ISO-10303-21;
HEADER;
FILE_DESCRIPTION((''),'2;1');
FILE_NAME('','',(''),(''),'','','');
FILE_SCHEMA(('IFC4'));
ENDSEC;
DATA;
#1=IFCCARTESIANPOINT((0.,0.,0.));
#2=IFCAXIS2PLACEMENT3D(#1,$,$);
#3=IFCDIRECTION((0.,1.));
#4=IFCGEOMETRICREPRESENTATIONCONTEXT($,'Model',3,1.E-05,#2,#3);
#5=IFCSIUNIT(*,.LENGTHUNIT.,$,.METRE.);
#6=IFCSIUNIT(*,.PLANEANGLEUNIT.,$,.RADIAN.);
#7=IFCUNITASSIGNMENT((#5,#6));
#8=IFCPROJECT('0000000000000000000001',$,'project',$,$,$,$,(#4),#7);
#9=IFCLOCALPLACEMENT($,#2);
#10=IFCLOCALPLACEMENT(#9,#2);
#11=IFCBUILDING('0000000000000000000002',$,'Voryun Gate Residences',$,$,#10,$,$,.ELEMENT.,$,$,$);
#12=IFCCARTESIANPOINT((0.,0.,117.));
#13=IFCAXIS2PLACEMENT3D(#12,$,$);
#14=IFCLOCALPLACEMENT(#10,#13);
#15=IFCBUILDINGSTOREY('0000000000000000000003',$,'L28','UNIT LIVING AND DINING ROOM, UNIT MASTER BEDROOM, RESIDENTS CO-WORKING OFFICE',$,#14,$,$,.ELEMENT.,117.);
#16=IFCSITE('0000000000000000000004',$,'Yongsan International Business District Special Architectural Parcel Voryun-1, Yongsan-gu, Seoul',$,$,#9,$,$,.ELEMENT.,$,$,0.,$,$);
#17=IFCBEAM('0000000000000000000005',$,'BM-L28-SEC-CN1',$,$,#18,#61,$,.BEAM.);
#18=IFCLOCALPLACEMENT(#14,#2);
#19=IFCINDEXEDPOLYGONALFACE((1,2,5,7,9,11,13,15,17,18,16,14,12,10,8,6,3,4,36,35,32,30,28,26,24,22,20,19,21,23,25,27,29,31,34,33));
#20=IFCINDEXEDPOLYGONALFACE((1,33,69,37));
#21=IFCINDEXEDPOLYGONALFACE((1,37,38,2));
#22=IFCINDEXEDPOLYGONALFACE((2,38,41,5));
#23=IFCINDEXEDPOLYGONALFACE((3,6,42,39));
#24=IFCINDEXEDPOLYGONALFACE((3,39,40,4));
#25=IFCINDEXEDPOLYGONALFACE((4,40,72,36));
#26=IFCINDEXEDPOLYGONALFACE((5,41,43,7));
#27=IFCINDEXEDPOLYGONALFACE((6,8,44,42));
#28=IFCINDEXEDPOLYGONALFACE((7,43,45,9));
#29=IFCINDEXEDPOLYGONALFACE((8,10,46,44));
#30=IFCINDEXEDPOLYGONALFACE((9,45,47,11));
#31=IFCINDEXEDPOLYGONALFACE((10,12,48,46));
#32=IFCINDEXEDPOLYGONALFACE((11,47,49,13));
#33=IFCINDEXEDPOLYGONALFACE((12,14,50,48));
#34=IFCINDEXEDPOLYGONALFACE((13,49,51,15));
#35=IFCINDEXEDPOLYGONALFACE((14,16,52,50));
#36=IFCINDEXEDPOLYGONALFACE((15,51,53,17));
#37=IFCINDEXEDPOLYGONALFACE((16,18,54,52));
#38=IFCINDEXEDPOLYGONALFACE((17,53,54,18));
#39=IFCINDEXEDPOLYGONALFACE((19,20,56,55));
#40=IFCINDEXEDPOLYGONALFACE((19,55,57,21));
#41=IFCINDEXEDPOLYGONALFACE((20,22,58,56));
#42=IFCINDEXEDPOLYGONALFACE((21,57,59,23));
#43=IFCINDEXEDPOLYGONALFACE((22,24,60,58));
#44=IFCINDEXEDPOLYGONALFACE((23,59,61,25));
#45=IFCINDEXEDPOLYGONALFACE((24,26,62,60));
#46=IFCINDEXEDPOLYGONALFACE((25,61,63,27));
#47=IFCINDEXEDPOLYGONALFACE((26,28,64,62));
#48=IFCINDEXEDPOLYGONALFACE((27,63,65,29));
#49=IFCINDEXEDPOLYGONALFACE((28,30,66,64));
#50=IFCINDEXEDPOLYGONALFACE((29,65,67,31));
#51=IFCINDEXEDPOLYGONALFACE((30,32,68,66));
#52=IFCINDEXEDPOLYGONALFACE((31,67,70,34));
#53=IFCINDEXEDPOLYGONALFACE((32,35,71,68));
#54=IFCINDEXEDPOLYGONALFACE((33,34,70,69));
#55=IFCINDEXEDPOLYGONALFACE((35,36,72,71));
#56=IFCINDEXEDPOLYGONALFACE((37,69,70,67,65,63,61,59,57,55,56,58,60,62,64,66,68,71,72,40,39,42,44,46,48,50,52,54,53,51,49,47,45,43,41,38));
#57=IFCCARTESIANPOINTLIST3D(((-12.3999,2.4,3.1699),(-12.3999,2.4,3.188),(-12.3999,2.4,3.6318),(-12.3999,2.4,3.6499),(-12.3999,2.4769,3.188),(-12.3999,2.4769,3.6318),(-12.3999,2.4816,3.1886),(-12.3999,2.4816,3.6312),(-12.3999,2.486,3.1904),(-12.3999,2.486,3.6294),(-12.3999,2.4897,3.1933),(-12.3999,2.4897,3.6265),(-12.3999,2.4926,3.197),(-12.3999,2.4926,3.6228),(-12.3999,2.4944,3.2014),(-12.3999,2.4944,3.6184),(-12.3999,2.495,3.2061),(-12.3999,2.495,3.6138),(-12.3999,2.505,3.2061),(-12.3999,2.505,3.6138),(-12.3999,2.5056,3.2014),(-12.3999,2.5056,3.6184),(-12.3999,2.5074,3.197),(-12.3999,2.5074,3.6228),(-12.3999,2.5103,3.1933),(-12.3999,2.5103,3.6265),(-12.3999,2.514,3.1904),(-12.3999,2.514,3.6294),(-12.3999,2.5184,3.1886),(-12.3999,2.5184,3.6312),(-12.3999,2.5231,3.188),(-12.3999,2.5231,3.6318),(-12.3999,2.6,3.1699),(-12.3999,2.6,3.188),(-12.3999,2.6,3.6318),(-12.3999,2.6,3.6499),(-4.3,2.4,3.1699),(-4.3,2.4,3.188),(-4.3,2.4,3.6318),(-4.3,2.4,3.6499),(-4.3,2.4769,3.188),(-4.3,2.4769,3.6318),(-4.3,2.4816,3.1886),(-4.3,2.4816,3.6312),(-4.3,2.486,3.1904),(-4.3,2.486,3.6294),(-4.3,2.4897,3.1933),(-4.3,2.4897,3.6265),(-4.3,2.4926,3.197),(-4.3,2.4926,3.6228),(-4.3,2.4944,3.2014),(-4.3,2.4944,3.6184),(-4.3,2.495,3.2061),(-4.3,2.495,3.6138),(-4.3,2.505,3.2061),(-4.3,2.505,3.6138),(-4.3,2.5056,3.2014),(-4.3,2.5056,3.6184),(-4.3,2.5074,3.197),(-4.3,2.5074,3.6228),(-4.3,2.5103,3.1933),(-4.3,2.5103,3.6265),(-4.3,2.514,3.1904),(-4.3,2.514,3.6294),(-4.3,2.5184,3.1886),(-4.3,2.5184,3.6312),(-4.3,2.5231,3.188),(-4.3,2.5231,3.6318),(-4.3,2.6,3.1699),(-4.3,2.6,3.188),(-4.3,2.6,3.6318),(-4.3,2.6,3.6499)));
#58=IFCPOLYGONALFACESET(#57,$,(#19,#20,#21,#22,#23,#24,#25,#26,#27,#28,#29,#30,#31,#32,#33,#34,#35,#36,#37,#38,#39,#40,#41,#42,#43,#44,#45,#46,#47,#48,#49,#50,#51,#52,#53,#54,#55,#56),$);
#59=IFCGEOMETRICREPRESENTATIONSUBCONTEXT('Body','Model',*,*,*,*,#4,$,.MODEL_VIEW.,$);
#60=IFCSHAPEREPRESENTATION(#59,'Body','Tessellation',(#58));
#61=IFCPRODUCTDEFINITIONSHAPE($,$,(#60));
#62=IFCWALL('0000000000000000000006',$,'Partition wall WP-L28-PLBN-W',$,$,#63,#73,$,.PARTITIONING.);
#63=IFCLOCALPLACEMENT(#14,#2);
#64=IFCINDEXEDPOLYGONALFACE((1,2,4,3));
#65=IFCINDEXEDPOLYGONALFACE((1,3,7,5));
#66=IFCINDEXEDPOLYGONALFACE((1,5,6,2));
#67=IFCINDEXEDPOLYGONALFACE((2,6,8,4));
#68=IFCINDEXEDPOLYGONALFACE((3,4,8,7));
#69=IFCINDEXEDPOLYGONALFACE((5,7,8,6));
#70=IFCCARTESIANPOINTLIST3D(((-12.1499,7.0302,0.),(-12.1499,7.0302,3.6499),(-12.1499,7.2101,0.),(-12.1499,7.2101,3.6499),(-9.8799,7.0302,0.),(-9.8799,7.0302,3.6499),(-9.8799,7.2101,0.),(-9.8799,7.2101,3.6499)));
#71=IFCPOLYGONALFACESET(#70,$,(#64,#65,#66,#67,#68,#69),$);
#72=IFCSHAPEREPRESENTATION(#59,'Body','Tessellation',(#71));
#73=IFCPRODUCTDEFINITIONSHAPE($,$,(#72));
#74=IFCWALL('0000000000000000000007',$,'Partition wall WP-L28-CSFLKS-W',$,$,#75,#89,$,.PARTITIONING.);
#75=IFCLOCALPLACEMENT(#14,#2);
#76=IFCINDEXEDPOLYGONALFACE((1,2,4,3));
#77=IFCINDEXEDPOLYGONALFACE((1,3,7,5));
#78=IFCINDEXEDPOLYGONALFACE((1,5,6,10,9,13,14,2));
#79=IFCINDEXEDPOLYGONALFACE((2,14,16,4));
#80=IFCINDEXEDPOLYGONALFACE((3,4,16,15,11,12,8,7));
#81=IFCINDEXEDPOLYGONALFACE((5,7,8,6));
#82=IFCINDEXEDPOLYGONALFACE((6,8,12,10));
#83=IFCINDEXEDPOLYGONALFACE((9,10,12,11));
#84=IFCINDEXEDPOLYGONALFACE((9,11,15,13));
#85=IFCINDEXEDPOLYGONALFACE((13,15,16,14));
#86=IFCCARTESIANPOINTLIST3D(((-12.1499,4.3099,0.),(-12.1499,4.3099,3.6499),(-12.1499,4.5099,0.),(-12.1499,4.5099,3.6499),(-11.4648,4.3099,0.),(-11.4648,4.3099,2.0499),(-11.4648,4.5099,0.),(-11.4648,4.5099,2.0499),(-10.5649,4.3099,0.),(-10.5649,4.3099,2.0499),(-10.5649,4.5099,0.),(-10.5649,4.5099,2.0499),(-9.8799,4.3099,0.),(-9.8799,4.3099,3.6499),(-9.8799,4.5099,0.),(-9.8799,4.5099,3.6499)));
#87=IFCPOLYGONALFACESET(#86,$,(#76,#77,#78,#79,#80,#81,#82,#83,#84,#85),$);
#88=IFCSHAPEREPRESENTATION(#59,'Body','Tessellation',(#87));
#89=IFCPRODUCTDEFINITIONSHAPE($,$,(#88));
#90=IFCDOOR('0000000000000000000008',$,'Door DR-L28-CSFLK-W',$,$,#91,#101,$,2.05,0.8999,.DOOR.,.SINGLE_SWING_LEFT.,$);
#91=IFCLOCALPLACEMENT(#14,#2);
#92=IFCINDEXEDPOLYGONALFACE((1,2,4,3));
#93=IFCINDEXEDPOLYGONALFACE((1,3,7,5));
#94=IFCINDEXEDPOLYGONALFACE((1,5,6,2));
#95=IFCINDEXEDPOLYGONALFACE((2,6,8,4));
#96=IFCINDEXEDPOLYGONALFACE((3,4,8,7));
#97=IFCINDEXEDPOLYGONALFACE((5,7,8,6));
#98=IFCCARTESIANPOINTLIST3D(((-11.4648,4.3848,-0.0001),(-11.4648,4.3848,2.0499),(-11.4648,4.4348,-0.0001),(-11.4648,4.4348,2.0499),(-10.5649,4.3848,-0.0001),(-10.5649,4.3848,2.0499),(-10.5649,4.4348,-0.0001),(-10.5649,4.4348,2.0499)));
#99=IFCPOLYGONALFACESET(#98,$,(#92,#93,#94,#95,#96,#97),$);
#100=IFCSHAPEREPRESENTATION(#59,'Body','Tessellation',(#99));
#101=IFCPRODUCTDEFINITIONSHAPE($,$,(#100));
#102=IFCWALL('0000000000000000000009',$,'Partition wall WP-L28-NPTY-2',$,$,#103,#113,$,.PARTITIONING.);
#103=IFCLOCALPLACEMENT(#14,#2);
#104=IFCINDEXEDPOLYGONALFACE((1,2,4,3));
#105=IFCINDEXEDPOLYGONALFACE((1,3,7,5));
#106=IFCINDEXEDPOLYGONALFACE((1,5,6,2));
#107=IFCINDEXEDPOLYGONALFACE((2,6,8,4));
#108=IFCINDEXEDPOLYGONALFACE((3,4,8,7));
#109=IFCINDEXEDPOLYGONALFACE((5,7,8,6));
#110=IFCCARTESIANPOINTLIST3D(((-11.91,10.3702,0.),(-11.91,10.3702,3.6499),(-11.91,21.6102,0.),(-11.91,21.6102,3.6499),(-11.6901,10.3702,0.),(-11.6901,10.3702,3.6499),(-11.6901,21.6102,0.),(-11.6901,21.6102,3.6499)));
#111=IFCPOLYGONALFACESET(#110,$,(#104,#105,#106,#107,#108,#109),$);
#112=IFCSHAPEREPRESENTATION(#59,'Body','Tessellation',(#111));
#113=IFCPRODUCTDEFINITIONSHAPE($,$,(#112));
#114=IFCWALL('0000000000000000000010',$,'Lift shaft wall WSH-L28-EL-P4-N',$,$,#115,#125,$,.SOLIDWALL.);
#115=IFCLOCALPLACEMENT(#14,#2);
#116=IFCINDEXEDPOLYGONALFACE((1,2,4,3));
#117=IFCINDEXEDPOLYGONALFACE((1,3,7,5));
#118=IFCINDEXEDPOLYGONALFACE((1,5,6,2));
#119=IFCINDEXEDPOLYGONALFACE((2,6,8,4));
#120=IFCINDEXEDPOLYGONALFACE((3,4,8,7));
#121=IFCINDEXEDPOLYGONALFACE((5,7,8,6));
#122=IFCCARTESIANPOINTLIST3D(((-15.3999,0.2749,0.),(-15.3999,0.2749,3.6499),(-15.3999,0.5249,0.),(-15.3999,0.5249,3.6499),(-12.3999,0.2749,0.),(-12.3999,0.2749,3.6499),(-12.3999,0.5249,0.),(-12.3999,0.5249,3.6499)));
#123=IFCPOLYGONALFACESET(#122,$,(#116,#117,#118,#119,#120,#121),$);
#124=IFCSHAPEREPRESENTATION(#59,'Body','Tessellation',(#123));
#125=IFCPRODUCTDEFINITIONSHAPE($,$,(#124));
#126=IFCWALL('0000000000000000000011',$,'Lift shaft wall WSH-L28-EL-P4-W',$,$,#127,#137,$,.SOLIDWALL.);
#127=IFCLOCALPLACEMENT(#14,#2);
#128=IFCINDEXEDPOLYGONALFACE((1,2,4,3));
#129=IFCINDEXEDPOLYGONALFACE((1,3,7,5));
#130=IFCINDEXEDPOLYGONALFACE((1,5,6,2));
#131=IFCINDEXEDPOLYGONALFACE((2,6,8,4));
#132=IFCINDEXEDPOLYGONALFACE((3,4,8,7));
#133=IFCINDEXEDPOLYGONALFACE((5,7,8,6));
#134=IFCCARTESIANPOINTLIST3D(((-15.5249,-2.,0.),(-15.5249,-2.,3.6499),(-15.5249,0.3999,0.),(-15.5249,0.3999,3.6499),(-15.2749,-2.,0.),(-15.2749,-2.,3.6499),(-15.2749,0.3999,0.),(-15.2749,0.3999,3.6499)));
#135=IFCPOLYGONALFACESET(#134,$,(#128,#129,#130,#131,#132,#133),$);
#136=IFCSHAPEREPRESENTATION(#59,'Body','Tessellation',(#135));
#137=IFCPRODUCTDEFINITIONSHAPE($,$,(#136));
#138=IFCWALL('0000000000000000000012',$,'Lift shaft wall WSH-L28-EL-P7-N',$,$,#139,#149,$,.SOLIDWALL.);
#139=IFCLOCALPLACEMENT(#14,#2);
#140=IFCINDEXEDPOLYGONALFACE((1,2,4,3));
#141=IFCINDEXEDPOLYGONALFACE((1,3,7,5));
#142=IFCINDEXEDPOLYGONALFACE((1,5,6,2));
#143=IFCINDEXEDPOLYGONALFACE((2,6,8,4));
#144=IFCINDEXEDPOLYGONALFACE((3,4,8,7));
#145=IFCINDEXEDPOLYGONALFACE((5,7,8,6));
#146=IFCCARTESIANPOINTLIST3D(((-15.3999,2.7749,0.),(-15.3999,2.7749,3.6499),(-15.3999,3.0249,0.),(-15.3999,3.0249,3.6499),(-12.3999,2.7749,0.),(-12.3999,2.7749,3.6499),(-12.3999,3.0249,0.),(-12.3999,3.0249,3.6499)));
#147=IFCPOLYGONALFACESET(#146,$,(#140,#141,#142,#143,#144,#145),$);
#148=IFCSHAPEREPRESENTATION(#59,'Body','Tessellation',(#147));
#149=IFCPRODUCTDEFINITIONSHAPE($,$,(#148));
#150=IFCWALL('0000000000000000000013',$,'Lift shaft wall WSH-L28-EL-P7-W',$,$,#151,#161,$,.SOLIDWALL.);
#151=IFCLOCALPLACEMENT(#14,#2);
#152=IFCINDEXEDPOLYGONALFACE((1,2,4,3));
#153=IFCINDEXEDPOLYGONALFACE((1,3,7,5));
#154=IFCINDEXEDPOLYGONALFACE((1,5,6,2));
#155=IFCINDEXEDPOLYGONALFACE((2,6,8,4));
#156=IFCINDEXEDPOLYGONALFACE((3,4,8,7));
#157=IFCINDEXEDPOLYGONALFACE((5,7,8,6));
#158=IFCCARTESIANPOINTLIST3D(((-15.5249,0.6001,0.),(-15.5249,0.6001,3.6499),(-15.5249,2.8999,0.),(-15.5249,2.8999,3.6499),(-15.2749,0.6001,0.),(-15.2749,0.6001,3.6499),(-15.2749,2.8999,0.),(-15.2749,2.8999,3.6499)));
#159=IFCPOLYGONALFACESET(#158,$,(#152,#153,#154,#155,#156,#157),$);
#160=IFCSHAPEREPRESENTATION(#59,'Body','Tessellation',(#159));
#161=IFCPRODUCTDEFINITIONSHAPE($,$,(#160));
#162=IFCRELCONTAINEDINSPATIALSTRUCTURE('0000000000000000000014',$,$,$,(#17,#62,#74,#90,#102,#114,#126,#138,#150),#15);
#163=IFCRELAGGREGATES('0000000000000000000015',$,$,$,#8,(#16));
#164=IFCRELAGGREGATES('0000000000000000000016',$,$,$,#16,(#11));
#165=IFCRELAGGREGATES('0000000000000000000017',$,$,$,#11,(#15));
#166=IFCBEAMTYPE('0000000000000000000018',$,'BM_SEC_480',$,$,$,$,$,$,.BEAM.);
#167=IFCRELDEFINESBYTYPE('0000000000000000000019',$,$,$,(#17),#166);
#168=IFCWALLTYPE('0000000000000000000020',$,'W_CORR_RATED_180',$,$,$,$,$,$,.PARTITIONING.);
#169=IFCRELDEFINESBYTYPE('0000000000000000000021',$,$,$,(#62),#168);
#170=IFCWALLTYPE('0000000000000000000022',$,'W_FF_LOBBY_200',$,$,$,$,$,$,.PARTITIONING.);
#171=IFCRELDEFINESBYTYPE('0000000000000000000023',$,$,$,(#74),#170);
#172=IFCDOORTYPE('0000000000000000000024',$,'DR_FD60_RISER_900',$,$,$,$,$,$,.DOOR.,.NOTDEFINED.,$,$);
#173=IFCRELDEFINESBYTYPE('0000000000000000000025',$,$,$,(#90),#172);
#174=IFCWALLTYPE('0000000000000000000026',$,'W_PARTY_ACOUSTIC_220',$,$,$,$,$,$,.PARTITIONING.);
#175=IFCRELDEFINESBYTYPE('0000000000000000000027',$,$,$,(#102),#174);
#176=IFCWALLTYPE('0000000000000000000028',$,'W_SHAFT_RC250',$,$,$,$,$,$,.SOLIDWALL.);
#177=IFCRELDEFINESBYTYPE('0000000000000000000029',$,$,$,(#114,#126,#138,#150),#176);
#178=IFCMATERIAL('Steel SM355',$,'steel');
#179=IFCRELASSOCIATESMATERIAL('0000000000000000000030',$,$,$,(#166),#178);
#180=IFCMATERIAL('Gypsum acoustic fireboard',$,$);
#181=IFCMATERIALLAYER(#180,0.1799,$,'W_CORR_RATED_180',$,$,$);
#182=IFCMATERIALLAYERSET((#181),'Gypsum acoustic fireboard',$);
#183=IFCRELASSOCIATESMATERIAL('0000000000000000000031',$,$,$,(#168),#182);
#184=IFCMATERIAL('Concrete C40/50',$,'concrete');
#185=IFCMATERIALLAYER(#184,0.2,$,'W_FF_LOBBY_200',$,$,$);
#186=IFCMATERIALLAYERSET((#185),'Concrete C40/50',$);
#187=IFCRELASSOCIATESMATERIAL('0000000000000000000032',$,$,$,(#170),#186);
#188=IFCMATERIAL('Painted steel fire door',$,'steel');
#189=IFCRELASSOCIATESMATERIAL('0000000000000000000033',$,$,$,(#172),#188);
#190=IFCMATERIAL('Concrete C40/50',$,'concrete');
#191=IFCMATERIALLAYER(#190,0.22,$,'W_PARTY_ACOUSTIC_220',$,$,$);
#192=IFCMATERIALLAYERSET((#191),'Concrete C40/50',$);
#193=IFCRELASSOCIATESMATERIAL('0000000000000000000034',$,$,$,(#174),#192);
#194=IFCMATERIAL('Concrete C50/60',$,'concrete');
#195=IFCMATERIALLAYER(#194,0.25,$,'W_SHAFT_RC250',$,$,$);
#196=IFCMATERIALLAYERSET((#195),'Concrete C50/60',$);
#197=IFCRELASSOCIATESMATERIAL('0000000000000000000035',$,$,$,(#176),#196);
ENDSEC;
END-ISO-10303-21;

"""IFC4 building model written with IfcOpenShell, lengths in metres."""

from ifc_helpers import new_model, si_unit, direction, frame, frame_2d, origin, origin_2d, place, context, subcontext, project, spatial, rectangle, i_section, extrude, material, layer, layer_set, material_profile, profile_set, type_object, element, fill, save


model = new_model("IFC4")

# Units and contexts
model_context = context("Model", 3, precision=1e-05, world=origin(), true_north=direction((0.0, 1.0)))
body_context = subcontext(model_context, "Body", "Model", "MODEL_VIEW")
ifc_project = project(units=[si_unit("LENGTHUNIT", "METRE"), si_unit("PLANEANGLEUNIT", "RADIAN")], contexts=[model_context])

# Site, building, storey
site_placement = place(None, origin())
site = spatial("IfcSite", under=ifc_project, at=site_placement, Name="Yongsan International Business District Special Architectural Parcel Voryun-1, Yongsan-gu, Seoul", CompositionType="ELEMENT", RefElevation=0.0)
building_placement = place(site_placement, origin())
building = spatial("IfcBuilding", under=site, at=building_placement, Name="Voryun Gate Residences", CompositionType="ELEMENT")
storey_placement = place(building_placement, frame((0.0, 0.0, 117.0)))
storey = spatial("IfcBuildingStorey", under=building, at=storey_placement, Name="L28", Description="UNIT LIVING AND DINING ROOM, UNIT MASTER BEDROOM, RESIDENTS CO-WORKING OFFICE", CompositionType="ELEMENT", Elevation=117.0)

# Beam
ifc_material_1 = material(Name="Steel SM355", Category="steel")
ifc_material_profile_1 = material_profile(ifc_material_1, i_section(OverallWidth=0.2, OverallDepth=0.48, WebThickness=0.01, FlangeThickness=0.0181, FilletRadius=0.0181, at=origin_2d()), Name="H-480x200x10x18")
ifc_profile_set_1 = profile_set([ifc_material_profile_1], Name="Steel SM355")
beam_type_1 = type_object("IfcBeamType", Name="BM_SEC_480", PredefinedType="BEAM", material=ifc_profile_set_1)
for number, where, z_axis, x_axis, name in (
    (1, (-12.3999, 2.5, 3.4099), (1.0, 0.0, 0.0), (0.0, 1.0, 0.0), "BM-L28-SEC-CN1"),
):
    element("IfcBeam", number, at=place(storey_placement, frame(where, z_axis=z_axis, x_axis=x_axis)), inside=storey, type_object=beam_type_1, Name=name, PredefinedType="BEAM", context=body_context, shape_type="SweptSolid", body=[
        extrude(i_section(OverallWidth=0.2, OverallDepth=0.48, WebThickness=0.01, FlangeThickness=0.0181, FilletRadius=0.0181, at=origin_2d()), origin(), (0.0, 0.0, 1.0), 8.0999),
    ])

# Wall
ifc_material_2 = material(Name="Gypsum acoustic fireboard")
ifc_layer_1 = layer(ifc_material_2, 0.1799, Name="W_CORR_RATED_180")
ifc_layer_set_1 = layer_set([ifc_layer_1], Name="Gypsum acoustic fireboard")
wall_type_1 = type_object("IfcWallType", Name="W_CORR_RATED_180", PredefinedType="PARTITIONING", material=ifc_layer_set_1)
wall_1_placement = place(storey_placement, frame((-12.1499, 7.1201, 0.0), z_axis=(0.0, 0.0, 1.0), x_axis=(1.0, 0.0, 0.0)))
element("IfcWall", 2, at=wall_1_placement, inside=storey, type_object=wall_type_1, Name="Partition wall WP-L28-PLBN-W", PredefinedType="PARTITIONING", context=body_context, shape_type="SweptSolid", body=[
    extrude(rectangle(XDim=2.27, YDim=0.1799, at=frame_2d((1.135, 0.0))), origin(), (0.0, 0.0, 1.0), 3.6499),
])

# Wall, opening, door
ifc_material_3 = material(Name="Concrete C40/50", Category="concrete")
ifc_layer_2 = layer(ifc_material_3, 0.2, Name="W_FF_LOBBY_200")
ifc_layer_set_2 = layer_set([ifc_layer_2], Name="Concrete C40/50")
wall_type_2 = type_object("IfcWallType", Name="W_FF_LOBBY_200", PredefinedType="PARTITIONING", material=ifc_layer_set_2)
wall_2_placement = place(storey_placement, frame((-12.1499, 4.4099, 0.0), z_axis=(0.0, 0.0, 1.0), x_axis=(1.0, 0.0, 0.0)))
wall_2 = element("IfcWall", 3, at=wall_2_placement, inside=storey, type_object=wall_type_2, Name="Partition wall WP-L28-CSFLKS-W", PredefinedType="PARTITIONING", context=body_context, shape_type="SweptSolid", body=[
    extrude(rectangle(XDim=2.27, YDim=0.2, at=frame_2d((1.135, 0.0))), origin(), (0.0, 0.0, 1.0), 3.6499),
])
opening_1_placement = place(wall_2_placement, frame((0.6851, 0.0, 0.0)))
opening_1 = element("IfcOpeningElement", 4, at=opening_1_placement, cuts=wall_2, PredefinedType="OPENING", context=body_context, shape_type="SweptSolid", body=[
    extrude(rectangle(XDim=0.8999, YDim=2.05, at=frame_2d((0.45, 1.0249))), frame((0.0, 0.1101, 0.0), z_axis=(0.0, -1.0, 0.0), x_axis=(1.0, 0.0, 0.0)), (0.0, 0.0, 1.0), 0.22),
])
ifc_material_4 = material(Name="Painted steel fire door", Category="steel")
door_type_1 = type_object("IfcDoorType", Name="DR_FD60_RISER_900", OperationType="NOTDEFINED", PredefinedType="DOOR", material=ifc_material_4)
door_1_placement = place(opening_1_placement, origin())
door_1 = element("IfcDoor", 5, at=door_1_placement, inside=storey, type_object=door_type_1, Name="Door DR-L28-CSFLK-W", OperationType="SINGLE_SWING_LEFT", OverallHeight=2.05, OverallWidth=0.8999, PredefinedType="DOOR", context=body_context, shape_type="SweptSolid", body=[
    extrude(rectangle(XDim=0.8999, YDim=2.05, at=frame_2d((0.45, 1.0249))), frame((0.0, 0.0249, 0.0), z_axis=(0.0, -1.0, 0.0), x_axis=(1.0, 0.0, 0.0)), (0.0, 0.0, 1.0), 0.05),
])
fill(opening_1, door_1)

# Walls
ifc_material_5 = material(Name="Concrete C40/50", Category="concrete")
ifc_layer_3 = layer(ifc_material_5, 0.22, Name="W_PARTY_ACOUSTIC_220")
ifc_layer_set_3 = layer_set([ifc_layer_3], Name="Concrete C40/50")
wall_type_3 = type_object("IfcWallType", Name="W_PARTY_ACOUSTIC_220", PredefinedType="PARTITIONING", material=ifc_layer_set_3)
wall_3_placement = place(storey_placement, frame((-11.8, 10.3701, 0.0), z_axis=(0.0, 0.0, 1.0), x_axis=(0.0, 1.0, 0.0)))
element("IfcWall", 6, at=wall_3_placement, inside=storey, type_object=wall_type_3, Name="Partition wall WP-L28-NPTY-2", PredefinedType="PARTITIONING", context=body_context, shape_type="SweptSolid", body=[
    extrude(rectangle(XDim=11.24, YDim=0.22, at=frame_2d((5.6201, 0.0))), origin(), (0.0, 0.0, 1.0), 3.6499),
])
ifc_material_6 = material(Name="Concrete C50/60", Category="concrete")
ifc_layer_4 = layer(ifc_material_6, 0.25, Name="W_SHAFT_RC250")
ifc_layer_set_4 = layer_set([ifc_layer_4], Name="Concrete C50/60")
wall_type_4 = type_object("IfcWallType", Name="W_SHAFT_RC250", PredefinedType="SOLIDWALL", material=ifc_layer_set_4)
wall_4_placement = place(storey_placement, frame((-12.3999, 0.3999, 0.0), z_axis=(0.0, 0.0, 1.0), x_axis=(-1.0, 0.0, 0.0)))
element("IfcWall", 7, at=wall_4_placement, inside=storey, type_object=wall_type_4, Name="Lift shaft wall WSH-L28-EL-P4-N", PredefinedType="SOLIDWALL", context=body_context, shape_type="SweptSolid", body=[
    extrude(rectangle(XDim=3.0, YDim=0.25, at=frame_2d((1.5, 0.0))), origin(), (0.0, 0.0, 1.0), 3.6499),
])
wall_5_placement = place(storey_placement, frame((-15.3999, 0.3999, 0.0), z_axis=(0.0, 0.0, 1.0), x_axis=(0.0, -1.0, 0.0)))
element("IfcWall", 8, at=wall_5_placement, inside=storey, type_object=wall_type_4, Name="Lift shaft wall WSH-L28-EL-P4-W", PredefinedType="SOLIDWALL", context=body_context, shape_type="SweptSolid", body=[
    extrude(rectangle(XDim=2.3999, YDim=0.25, at=frame_2d((1.2, 0.0))), origin(), (0.0, 0.0, 1.0), 3.6499),
])
wall_6_placement = place(storey_placement, frame((-12.3999, 2.8999, 0.0), z_axis=(0.0, 0.0, 1.0), x_axis=(-1.0, 0.0, 0.0)))
element("IfcWall", 9, at=wall_6_placement, inside=storey, type_object=wall_type_4, Name="Lift shaft wall WSH-L28-EL-P7-N", PredefinedType="SOLIDWALL", context=body_context, shape_type="SweptSolid", body=[
    extrude(rectangle(XDim=3.0, YDim=0.25, at=frame_2d((1.5, 0.0))), origin(), (0.0, 0.0, 1.0), 3.6499),
])
wall_7_placement = place(storey_placement, frame((-15.3999, 2.8999, 0.0), z_axis=(0.0, 0.0, 1.0), x_axis=(0.0, -1.0, 0.0)))
element("IfcWall", 10, at=wall_7_placement, inside=storey, type_object=wall_type_4, Name="Lift shaft wall WSH-L28-EL-P7-W", PredefinedType="SOLIDWALL", context=body_context, shape_type="SweptSolid", body=[
    extrude(rectangle(XDim=2.2998, YDim=0.25, at=frame_2d((1.1499, 0.0))), origin(), (0.0, 0.0, 1.0), 3.6499),
])

save(model, "model.ifc")
